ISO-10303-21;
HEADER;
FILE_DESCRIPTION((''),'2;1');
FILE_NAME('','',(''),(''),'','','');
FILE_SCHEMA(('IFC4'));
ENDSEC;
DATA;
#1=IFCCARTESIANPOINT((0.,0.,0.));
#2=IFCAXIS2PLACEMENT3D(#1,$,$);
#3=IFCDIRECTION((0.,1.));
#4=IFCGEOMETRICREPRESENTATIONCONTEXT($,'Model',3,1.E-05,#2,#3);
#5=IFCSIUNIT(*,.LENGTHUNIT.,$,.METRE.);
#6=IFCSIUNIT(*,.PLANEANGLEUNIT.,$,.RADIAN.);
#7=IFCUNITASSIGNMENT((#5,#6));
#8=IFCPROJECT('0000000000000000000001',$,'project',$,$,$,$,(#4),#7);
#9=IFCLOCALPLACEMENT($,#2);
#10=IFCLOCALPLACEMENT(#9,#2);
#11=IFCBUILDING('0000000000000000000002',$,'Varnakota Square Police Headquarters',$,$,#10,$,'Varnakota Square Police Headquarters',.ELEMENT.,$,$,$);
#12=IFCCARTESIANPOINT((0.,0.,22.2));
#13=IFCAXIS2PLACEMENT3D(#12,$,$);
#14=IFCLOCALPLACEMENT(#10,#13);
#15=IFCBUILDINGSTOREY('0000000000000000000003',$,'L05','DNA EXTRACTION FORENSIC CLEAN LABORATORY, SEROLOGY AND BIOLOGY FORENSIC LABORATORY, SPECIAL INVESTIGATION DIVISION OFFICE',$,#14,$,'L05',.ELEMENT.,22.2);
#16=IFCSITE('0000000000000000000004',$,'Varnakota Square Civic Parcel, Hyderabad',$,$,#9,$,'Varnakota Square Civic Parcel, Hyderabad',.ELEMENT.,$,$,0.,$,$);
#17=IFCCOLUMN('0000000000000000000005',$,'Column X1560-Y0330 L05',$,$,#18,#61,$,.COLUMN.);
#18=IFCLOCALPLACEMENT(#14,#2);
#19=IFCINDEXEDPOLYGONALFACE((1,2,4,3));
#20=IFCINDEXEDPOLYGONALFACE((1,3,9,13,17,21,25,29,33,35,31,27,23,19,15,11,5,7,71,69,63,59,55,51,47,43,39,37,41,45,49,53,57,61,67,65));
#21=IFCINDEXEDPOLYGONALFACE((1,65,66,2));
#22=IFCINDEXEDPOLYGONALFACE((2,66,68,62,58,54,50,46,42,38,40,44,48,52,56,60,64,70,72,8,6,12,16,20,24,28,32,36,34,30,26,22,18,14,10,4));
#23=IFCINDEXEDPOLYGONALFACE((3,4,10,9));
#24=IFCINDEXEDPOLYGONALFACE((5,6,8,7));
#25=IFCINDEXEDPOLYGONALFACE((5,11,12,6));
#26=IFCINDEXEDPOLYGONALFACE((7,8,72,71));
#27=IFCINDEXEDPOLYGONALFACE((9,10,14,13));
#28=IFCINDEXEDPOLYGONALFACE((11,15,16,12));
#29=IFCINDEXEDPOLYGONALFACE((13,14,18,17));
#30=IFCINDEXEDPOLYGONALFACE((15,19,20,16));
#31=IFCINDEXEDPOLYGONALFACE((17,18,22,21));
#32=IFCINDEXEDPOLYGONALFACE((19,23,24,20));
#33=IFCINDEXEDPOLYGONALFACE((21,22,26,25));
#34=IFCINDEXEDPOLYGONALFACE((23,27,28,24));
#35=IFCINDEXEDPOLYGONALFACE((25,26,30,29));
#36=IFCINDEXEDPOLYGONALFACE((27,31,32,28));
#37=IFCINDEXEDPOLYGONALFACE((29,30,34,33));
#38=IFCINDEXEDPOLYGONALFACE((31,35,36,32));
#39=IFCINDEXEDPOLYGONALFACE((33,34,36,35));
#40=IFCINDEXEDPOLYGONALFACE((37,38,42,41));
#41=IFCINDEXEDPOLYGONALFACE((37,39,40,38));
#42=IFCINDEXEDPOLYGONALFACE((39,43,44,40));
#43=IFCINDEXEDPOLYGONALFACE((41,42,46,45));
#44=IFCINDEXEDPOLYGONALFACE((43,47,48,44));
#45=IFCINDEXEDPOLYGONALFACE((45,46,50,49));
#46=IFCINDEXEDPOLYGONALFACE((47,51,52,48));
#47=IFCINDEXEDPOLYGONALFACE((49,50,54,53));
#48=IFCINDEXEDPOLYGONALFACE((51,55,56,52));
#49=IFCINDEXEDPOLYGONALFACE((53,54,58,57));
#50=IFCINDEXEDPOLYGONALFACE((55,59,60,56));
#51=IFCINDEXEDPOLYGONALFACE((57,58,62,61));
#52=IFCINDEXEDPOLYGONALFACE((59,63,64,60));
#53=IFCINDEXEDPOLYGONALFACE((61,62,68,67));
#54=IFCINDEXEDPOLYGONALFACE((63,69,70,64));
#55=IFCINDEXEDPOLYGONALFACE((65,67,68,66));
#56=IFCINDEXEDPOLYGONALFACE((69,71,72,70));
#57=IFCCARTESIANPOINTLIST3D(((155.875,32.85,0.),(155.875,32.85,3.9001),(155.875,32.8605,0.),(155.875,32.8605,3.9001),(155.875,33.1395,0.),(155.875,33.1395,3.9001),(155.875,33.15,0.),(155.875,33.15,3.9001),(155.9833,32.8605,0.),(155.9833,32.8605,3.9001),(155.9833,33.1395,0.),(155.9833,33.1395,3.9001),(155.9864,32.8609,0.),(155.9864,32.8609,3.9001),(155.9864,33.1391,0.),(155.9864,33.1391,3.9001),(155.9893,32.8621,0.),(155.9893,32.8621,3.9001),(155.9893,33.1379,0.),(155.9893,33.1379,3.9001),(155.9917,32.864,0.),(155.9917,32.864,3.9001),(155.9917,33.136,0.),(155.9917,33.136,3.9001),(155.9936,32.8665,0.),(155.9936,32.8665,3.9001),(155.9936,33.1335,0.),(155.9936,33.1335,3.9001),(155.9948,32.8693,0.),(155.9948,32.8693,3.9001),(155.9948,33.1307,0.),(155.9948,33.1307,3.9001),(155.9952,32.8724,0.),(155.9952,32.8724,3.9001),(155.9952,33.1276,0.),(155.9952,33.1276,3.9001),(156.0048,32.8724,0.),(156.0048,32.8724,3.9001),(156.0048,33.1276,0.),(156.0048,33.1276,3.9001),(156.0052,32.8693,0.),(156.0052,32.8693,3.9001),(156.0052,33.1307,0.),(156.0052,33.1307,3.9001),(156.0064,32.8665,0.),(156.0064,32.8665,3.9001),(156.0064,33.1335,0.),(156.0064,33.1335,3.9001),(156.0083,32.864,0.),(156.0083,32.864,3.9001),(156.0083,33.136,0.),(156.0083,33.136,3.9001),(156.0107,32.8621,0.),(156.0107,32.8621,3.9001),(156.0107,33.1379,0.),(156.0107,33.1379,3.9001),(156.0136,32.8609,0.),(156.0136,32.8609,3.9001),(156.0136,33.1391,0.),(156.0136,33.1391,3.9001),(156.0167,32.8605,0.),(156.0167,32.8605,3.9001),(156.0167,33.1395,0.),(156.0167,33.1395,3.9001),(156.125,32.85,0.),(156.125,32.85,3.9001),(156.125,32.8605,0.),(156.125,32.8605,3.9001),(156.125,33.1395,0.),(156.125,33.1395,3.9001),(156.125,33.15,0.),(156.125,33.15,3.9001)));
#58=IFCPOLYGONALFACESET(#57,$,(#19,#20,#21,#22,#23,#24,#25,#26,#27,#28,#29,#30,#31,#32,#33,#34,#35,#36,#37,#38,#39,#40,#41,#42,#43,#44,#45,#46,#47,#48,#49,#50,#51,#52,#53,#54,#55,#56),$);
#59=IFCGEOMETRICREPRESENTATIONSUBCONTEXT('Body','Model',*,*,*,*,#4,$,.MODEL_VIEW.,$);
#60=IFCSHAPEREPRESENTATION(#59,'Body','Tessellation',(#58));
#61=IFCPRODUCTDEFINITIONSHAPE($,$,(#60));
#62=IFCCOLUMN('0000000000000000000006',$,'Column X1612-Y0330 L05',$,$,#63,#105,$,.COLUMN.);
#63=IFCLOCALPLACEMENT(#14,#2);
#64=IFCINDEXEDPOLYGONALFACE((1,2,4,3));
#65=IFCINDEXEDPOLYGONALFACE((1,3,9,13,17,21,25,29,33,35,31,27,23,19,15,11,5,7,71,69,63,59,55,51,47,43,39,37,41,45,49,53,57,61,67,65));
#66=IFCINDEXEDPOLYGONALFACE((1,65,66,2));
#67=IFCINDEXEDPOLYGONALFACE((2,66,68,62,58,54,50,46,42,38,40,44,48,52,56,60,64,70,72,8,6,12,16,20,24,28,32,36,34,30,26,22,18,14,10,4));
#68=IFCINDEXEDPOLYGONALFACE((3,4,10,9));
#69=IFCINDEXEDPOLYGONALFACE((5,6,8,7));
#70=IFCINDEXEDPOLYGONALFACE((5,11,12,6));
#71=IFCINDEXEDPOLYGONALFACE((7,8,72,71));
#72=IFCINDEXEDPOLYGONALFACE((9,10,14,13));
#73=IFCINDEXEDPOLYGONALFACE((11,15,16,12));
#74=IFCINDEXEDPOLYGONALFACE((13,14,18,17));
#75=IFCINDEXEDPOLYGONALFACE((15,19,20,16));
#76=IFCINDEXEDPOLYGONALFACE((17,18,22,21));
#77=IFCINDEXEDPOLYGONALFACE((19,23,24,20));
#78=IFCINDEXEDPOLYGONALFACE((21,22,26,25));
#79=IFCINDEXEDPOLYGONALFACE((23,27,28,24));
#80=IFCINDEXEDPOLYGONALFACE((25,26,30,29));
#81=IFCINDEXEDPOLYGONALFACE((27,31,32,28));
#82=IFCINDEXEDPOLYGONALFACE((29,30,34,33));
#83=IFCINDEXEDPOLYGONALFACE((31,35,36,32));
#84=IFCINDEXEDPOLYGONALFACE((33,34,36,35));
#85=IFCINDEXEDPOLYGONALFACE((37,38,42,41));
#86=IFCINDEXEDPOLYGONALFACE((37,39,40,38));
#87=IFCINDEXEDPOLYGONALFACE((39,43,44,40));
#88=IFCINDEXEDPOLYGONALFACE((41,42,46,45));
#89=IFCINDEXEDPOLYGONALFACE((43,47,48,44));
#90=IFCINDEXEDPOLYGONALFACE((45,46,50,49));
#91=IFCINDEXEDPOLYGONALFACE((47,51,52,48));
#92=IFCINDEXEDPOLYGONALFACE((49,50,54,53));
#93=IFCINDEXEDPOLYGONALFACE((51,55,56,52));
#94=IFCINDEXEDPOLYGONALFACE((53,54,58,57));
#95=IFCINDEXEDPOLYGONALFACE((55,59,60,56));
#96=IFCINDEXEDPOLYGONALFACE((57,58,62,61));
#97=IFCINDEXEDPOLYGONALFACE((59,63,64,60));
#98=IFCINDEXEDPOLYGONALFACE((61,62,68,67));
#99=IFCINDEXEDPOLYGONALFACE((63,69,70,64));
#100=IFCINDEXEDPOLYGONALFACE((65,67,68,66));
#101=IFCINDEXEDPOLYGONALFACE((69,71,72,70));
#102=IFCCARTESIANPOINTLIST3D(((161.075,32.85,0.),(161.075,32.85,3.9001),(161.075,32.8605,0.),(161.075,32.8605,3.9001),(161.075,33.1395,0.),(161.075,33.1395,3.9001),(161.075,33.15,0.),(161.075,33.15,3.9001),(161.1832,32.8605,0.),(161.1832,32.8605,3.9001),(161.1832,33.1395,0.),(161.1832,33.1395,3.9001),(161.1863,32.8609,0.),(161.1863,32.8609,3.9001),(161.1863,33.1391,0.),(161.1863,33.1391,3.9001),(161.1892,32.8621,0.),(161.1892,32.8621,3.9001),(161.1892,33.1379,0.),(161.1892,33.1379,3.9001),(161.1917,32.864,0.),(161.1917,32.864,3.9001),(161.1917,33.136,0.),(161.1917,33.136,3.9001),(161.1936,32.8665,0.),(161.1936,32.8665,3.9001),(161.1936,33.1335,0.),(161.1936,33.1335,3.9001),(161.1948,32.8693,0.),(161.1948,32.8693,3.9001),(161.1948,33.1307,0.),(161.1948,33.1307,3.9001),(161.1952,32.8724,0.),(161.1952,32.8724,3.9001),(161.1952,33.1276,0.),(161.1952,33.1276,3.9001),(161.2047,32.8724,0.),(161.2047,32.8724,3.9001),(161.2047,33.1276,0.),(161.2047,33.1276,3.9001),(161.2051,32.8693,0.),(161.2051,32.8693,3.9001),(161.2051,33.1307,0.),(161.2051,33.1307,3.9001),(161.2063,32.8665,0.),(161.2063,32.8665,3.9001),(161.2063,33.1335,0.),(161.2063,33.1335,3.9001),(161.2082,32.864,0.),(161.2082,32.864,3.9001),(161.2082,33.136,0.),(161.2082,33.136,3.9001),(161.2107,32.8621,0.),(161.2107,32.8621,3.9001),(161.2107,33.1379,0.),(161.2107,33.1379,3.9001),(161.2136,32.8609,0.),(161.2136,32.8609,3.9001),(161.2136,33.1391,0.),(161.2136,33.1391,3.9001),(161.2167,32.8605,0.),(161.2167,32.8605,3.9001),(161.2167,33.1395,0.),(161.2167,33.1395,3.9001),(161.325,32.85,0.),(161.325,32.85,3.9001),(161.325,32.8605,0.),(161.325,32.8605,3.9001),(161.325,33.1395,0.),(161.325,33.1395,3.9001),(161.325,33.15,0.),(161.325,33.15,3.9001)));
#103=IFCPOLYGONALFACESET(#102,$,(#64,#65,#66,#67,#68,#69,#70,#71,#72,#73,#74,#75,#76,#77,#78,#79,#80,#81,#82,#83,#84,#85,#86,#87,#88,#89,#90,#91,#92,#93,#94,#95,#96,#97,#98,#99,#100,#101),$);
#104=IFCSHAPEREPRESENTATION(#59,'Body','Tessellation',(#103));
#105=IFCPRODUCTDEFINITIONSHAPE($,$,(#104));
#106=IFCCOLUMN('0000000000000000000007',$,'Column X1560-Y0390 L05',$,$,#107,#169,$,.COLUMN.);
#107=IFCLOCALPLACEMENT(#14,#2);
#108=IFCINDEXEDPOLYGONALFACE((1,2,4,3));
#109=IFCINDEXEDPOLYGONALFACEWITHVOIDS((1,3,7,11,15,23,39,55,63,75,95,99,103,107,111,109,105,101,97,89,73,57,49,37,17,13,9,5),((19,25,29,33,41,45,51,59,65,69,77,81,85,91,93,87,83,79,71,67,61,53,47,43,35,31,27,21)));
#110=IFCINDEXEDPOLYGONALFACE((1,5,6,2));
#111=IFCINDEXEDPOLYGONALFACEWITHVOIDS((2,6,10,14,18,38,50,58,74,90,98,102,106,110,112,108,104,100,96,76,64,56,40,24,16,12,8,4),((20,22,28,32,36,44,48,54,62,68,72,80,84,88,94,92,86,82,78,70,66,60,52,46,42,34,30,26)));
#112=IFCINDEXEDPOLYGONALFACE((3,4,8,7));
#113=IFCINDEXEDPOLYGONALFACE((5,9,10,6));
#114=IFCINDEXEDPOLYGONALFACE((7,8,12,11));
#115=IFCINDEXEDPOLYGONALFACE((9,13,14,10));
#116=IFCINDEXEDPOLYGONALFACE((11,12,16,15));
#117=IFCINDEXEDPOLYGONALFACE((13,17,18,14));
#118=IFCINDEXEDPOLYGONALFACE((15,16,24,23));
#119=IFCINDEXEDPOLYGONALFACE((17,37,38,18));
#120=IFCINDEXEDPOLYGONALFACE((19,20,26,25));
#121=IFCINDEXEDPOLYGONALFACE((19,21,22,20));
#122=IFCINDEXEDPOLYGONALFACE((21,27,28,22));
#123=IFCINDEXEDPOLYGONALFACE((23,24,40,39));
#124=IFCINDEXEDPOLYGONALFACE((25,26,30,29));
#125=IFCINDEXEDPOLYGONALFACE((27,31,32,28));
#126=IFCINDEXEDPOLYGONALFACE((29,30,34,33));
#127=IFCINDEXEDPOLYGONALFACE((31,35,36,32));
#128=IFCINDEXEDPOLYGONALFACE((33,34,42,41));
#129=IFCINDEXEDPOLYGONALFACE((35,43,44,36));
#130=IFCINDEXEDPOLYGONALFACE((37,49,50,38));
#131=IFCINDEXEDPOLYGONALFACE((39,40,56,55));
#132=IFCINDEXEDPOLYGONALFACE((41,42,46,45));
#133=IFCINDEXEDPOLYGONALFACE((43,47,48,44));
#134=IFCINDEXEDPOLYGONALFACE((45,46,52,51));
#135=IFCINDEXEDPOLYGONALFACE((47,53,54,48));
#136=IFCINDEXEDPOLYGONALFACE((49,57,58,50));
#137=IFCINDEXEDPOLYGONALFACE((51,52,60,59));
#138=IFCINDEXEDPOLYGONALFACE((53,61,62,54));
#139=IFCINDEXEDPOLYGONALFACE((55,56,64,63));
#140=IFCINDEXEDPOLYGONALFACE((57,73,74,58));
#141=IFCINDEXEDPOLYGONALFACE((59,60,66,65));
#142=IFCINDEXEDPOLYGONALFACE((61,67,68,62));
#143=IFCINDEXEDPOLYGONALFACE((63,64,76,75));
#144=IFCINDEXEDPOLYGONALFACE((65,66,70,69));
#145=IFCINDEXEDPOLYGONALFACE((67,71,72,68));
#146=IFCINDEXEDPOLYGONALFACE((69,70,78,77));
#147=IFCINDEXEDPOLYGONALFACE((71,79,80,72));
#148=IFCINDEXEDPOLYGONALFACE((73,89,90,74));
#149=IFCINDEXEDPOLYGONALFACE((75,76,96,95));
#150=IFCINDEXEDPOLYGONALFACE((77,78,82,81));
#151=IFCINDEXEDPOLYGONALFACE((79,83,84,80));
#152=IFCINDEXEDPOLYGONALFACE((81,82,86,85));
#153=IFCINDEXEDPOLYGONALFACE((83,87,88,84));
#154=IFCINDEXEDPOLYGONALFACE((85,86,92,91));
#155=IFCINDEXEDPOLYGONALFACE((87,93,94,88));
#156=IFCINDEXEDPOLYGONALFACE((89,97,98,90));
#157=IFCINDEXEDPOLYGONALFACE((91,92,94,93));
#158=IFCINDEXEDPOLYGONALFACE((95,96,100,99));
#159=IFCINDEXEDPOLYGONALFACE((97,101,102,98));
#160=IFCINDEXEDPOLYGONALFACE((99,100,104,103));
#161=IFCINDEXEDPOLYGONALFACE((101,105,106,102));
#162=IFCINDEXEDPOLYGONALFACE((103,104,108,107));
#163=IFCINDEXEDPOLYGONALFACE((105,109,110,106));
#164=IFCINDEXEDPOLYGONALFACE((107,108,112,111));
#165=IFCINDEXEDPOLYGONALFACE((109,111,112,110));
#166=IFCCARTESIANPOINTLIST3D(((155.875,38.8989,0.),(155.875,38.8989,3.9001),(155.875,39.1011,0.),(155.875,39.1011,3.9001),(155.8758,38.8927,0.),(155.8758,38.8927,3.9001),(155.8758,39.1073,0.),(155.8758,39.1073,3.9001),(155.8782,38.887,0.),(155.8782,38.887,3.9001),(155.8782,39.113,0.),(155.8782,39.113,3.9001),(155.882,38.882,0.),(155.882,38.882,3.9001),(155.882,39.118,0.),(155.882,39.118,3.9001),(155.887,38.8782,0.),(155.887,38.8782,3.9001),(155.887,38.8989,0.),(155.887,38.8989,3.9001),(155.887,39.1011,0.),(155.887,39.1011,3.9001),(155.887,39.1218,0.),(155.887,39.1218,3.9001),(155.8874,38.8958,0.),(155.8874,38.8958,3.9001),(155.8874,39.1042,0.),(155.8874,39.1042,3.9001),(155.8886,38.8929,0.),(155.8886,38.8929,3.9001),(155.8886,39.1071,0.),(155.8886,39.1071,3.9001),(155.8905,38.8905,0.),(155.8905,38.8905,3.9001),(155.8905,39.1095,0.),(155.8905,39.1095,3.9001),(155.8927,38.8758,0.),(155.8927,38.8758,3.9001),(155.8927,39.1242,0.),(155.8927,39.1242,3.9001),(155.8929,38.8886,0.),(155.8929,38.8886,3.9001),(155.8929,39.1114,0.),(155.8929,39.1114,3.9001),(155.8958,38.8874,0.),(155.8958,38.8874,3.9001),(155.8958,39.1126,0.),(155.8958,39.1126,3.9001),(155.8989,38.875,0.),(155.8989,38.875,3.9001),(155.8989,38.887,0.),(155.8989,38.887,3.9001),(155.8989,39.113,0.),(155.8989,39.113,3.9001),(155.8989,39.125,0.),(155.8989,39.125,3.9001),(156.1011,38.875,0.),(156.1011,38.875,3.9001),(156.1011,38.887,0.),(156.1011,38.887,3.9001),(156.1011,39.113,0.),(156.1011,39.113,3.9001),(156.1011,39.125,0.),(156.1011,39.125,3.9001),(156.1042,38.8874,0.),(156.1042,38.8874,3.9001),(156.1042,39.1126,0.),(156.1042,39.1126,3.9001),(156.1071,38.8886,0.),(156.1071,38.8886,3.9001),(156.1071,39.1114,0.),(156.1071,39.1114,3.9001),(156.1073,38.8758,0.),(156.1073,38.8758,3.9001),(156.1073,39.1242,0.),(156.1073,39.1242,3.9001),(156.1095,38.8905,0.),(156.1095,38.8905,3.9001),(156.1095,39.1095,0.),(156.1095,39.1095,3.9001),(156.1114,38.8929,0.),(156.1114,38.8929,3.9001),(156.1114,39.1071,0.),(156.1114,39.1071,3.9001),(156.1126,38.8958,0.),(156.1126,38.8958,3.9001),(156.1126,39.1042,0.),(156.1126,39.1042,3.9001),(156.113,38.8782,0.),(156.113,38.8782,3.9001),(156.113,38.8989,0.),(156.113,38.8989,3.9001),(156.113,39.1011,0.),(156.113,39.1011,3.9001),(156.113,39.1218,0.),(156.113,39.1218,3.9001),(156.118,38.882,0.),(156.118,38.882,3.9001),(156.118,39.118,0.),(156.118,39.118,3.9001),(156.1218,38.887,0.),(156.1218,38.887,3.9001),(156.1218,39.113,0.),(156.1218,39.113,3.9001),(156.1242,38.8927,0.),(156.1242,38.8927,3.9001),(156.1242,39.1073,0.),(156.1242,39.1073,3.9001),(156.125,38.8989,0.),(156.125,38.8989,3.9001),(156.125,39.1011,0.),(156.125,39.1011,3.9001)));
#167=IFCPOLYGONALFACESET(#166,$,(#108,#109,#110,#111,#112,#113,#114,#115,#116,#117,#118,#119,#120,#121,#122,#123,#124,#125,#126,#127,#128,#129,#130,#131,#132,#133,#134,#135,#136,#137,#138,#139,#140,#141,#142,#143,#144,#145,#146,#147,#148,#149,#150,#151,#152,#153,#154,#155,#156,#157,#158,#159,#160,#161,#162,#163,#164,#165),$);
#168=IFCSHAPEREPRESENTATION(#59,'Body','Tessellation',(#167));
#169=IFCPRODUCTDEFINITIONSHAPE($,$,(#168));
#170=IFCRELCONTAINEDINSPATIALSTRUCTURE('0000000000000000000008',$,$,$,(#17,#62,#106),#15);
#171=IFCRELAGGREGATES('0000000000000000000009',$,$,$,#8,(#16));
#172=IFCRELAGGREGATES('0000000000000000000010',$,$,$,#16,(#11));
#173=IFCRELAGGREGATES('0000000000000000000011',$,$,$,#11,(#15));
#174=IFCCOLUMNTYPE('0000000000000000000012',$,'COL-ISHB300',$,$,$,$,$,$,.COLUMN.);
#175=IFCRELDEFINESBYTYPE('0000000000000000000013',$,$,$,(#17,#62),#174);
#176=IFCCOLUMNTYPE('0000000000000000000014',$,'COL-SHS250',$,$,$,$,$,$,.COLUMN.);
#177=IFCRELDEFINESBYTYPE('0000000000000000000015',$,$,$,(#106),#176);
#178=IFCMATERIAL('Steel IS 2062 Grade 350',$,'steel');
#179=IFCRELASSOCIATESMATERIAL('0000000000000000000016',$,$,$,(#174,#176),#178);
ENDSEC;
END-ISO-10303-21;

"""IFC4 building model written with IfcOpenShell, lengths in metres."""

from ifc_helpers import new_model, si_unit, direction, frame, origin, origin_2d, place, context, subcontext, project, spatial, hollow_rectangle, i_section, extrude, material, material_profile, profile_set, type_object, element, save


model = new_model("IFC4")

# Units and contexts
model_context = context("Model", 3, precision=1e-05, world=origin(), true_north=direction((0.0, 1.0)))
body_context = subcontext(model_context, "Body", "Model", "MODEL_VIEW")
ifc_project = project(units=[si_unit("LENGTHUNIT", "METRE"), si_unit("PLANEANGLEUNIT", "RADIAN")], contexts=[model_context])

# Site, building, storey
site_placement = place(None, origin())
site = spatial("IfcSite", under=ifc_project, at=site_placement, Name="Varnakota Square Civic Parcel, Hyderabad", LongName="Varnakota Square Civic Parcel, Hyderabad", CompositionType="ELEMENT", RefElevation=0.0)
building_placement = place(site_placement, origin())
building = spatial("IfcBuilding", under=site, at=building_placement, Name="Varnakota Square Police Headquarters", LongName="Varnakota Square Police Headquarters", CompositionType="ELEMENT")
storey_placement = place(building_placement, frame((0.0, 0.0, 22.2)))
storey = spatial("IfcBuildingStorey", under=building, at=storey_placement, Name="L05", Description="DNA EXTRACTION FORENSIC CLEAN LABORATORY, SEROLOGY AND BIOLOGY FORENSIC LABORATORY, SPECIAL INVESTIGATION DIVISION OFFICE", LongName="L05", CompositionType="ELEMENT", Elevation=22.2)

# Columns
ifc_material_1 = material(Name="Steel IS 2062 Grade 350", Category="steel")
ifc_material_profile_1 = material_profile(ifc_material_1, i_section(OverallWidth=0.25, OverallDepth=0.3, WebThickness=0.0095, FlangeThickness=0.0105, FilletRadius=0.012, at=origin_2d()), Name="ISHB 300")
ifc_profile_set_1 = profile_set([ifc_material_profile_1], Name="Steel IS 2062 Grade 350")
column_type_1 = type_object("IfcColumnType", Name="COL-ISHB300", PredefinedType="COLUMN", material=ifc_profile_set_1)
for number, where, z_axis, x_axis, name in (
    (1, (156.0, 33.0, 0.0), (0.0, 0.0, 1.0), (1.0, 0.0, 0.0), "Column X1560-Y0330 L05"),
    (2, (161.2, 33.0, 0.0), (0.0, 0.0, 1.0), (1.0, 0.0, 0.0), "Column X1612-Y0330 L05"),
):
    element("IfcColumn", number, at=place(storey_placement, frame(where, z_axis=z_axis, x_axis=x_axis)), inside=storey, type_object=column_type_1, Name=name, PredefinedType="COLUMN", context=body_context, shape_type="SweptSolid", body=[
        extrude(i_section(OverallWidth=0.25, OverallDepth=0.3, WebThickness=0.0095, FlangeThickness=0.0105, FilletRadius=0.012, at=origin_2d()), origin(), (0.0, 0.0, 1.0), 3.9001),
    ])
ifc_material_profile_2 = material_profile(ifc_material_1, hollow_rectangle(XDim=0.25, YDim=0.25, WallThickness=0.012, InnerFilletRadius=0.012, OuterFilletRadius=0.0239, at=origin_2d()), Name="SHS 250x250x12")
ifc_profile_set_2 = profile_set([ifc_material_profile_2], Name="Steel IS 2062 Grade 350")
column_type_2 = type_object("IfcColumnType", Name="COL-SHS250", PredefinedType="COLUMN", material=ifc_profile_set_2)
for number, where, z_axis, x_axis, name in (
    (3, (156.0, 39.0, 0.0), (0.0, 0.0, 1.0), (1.0, 0.0, 0.0), "Column X1560-Y0390 L05"),
):
    element("IfcColumn", number, at=place(storey_placement, frame(where, z_axis=z_axis, x_axis=x_axis)), inside=storey, type_object=column_type_2, Name=name, PredefinedType="COLUMN", context=body_context, shape_type="SweptSolid", body=[
        extrude(hollow_rectangle(XDim=0.25, YDim=0.25, WallThickness=0.012, InnerFilletRadius=0.012, OuterFilletRadius=0.0239, at=origin_2d()), origin(), (0.0, 0.0, 1.0), 3.9001),
    ])

save(model, "model.ifc")
